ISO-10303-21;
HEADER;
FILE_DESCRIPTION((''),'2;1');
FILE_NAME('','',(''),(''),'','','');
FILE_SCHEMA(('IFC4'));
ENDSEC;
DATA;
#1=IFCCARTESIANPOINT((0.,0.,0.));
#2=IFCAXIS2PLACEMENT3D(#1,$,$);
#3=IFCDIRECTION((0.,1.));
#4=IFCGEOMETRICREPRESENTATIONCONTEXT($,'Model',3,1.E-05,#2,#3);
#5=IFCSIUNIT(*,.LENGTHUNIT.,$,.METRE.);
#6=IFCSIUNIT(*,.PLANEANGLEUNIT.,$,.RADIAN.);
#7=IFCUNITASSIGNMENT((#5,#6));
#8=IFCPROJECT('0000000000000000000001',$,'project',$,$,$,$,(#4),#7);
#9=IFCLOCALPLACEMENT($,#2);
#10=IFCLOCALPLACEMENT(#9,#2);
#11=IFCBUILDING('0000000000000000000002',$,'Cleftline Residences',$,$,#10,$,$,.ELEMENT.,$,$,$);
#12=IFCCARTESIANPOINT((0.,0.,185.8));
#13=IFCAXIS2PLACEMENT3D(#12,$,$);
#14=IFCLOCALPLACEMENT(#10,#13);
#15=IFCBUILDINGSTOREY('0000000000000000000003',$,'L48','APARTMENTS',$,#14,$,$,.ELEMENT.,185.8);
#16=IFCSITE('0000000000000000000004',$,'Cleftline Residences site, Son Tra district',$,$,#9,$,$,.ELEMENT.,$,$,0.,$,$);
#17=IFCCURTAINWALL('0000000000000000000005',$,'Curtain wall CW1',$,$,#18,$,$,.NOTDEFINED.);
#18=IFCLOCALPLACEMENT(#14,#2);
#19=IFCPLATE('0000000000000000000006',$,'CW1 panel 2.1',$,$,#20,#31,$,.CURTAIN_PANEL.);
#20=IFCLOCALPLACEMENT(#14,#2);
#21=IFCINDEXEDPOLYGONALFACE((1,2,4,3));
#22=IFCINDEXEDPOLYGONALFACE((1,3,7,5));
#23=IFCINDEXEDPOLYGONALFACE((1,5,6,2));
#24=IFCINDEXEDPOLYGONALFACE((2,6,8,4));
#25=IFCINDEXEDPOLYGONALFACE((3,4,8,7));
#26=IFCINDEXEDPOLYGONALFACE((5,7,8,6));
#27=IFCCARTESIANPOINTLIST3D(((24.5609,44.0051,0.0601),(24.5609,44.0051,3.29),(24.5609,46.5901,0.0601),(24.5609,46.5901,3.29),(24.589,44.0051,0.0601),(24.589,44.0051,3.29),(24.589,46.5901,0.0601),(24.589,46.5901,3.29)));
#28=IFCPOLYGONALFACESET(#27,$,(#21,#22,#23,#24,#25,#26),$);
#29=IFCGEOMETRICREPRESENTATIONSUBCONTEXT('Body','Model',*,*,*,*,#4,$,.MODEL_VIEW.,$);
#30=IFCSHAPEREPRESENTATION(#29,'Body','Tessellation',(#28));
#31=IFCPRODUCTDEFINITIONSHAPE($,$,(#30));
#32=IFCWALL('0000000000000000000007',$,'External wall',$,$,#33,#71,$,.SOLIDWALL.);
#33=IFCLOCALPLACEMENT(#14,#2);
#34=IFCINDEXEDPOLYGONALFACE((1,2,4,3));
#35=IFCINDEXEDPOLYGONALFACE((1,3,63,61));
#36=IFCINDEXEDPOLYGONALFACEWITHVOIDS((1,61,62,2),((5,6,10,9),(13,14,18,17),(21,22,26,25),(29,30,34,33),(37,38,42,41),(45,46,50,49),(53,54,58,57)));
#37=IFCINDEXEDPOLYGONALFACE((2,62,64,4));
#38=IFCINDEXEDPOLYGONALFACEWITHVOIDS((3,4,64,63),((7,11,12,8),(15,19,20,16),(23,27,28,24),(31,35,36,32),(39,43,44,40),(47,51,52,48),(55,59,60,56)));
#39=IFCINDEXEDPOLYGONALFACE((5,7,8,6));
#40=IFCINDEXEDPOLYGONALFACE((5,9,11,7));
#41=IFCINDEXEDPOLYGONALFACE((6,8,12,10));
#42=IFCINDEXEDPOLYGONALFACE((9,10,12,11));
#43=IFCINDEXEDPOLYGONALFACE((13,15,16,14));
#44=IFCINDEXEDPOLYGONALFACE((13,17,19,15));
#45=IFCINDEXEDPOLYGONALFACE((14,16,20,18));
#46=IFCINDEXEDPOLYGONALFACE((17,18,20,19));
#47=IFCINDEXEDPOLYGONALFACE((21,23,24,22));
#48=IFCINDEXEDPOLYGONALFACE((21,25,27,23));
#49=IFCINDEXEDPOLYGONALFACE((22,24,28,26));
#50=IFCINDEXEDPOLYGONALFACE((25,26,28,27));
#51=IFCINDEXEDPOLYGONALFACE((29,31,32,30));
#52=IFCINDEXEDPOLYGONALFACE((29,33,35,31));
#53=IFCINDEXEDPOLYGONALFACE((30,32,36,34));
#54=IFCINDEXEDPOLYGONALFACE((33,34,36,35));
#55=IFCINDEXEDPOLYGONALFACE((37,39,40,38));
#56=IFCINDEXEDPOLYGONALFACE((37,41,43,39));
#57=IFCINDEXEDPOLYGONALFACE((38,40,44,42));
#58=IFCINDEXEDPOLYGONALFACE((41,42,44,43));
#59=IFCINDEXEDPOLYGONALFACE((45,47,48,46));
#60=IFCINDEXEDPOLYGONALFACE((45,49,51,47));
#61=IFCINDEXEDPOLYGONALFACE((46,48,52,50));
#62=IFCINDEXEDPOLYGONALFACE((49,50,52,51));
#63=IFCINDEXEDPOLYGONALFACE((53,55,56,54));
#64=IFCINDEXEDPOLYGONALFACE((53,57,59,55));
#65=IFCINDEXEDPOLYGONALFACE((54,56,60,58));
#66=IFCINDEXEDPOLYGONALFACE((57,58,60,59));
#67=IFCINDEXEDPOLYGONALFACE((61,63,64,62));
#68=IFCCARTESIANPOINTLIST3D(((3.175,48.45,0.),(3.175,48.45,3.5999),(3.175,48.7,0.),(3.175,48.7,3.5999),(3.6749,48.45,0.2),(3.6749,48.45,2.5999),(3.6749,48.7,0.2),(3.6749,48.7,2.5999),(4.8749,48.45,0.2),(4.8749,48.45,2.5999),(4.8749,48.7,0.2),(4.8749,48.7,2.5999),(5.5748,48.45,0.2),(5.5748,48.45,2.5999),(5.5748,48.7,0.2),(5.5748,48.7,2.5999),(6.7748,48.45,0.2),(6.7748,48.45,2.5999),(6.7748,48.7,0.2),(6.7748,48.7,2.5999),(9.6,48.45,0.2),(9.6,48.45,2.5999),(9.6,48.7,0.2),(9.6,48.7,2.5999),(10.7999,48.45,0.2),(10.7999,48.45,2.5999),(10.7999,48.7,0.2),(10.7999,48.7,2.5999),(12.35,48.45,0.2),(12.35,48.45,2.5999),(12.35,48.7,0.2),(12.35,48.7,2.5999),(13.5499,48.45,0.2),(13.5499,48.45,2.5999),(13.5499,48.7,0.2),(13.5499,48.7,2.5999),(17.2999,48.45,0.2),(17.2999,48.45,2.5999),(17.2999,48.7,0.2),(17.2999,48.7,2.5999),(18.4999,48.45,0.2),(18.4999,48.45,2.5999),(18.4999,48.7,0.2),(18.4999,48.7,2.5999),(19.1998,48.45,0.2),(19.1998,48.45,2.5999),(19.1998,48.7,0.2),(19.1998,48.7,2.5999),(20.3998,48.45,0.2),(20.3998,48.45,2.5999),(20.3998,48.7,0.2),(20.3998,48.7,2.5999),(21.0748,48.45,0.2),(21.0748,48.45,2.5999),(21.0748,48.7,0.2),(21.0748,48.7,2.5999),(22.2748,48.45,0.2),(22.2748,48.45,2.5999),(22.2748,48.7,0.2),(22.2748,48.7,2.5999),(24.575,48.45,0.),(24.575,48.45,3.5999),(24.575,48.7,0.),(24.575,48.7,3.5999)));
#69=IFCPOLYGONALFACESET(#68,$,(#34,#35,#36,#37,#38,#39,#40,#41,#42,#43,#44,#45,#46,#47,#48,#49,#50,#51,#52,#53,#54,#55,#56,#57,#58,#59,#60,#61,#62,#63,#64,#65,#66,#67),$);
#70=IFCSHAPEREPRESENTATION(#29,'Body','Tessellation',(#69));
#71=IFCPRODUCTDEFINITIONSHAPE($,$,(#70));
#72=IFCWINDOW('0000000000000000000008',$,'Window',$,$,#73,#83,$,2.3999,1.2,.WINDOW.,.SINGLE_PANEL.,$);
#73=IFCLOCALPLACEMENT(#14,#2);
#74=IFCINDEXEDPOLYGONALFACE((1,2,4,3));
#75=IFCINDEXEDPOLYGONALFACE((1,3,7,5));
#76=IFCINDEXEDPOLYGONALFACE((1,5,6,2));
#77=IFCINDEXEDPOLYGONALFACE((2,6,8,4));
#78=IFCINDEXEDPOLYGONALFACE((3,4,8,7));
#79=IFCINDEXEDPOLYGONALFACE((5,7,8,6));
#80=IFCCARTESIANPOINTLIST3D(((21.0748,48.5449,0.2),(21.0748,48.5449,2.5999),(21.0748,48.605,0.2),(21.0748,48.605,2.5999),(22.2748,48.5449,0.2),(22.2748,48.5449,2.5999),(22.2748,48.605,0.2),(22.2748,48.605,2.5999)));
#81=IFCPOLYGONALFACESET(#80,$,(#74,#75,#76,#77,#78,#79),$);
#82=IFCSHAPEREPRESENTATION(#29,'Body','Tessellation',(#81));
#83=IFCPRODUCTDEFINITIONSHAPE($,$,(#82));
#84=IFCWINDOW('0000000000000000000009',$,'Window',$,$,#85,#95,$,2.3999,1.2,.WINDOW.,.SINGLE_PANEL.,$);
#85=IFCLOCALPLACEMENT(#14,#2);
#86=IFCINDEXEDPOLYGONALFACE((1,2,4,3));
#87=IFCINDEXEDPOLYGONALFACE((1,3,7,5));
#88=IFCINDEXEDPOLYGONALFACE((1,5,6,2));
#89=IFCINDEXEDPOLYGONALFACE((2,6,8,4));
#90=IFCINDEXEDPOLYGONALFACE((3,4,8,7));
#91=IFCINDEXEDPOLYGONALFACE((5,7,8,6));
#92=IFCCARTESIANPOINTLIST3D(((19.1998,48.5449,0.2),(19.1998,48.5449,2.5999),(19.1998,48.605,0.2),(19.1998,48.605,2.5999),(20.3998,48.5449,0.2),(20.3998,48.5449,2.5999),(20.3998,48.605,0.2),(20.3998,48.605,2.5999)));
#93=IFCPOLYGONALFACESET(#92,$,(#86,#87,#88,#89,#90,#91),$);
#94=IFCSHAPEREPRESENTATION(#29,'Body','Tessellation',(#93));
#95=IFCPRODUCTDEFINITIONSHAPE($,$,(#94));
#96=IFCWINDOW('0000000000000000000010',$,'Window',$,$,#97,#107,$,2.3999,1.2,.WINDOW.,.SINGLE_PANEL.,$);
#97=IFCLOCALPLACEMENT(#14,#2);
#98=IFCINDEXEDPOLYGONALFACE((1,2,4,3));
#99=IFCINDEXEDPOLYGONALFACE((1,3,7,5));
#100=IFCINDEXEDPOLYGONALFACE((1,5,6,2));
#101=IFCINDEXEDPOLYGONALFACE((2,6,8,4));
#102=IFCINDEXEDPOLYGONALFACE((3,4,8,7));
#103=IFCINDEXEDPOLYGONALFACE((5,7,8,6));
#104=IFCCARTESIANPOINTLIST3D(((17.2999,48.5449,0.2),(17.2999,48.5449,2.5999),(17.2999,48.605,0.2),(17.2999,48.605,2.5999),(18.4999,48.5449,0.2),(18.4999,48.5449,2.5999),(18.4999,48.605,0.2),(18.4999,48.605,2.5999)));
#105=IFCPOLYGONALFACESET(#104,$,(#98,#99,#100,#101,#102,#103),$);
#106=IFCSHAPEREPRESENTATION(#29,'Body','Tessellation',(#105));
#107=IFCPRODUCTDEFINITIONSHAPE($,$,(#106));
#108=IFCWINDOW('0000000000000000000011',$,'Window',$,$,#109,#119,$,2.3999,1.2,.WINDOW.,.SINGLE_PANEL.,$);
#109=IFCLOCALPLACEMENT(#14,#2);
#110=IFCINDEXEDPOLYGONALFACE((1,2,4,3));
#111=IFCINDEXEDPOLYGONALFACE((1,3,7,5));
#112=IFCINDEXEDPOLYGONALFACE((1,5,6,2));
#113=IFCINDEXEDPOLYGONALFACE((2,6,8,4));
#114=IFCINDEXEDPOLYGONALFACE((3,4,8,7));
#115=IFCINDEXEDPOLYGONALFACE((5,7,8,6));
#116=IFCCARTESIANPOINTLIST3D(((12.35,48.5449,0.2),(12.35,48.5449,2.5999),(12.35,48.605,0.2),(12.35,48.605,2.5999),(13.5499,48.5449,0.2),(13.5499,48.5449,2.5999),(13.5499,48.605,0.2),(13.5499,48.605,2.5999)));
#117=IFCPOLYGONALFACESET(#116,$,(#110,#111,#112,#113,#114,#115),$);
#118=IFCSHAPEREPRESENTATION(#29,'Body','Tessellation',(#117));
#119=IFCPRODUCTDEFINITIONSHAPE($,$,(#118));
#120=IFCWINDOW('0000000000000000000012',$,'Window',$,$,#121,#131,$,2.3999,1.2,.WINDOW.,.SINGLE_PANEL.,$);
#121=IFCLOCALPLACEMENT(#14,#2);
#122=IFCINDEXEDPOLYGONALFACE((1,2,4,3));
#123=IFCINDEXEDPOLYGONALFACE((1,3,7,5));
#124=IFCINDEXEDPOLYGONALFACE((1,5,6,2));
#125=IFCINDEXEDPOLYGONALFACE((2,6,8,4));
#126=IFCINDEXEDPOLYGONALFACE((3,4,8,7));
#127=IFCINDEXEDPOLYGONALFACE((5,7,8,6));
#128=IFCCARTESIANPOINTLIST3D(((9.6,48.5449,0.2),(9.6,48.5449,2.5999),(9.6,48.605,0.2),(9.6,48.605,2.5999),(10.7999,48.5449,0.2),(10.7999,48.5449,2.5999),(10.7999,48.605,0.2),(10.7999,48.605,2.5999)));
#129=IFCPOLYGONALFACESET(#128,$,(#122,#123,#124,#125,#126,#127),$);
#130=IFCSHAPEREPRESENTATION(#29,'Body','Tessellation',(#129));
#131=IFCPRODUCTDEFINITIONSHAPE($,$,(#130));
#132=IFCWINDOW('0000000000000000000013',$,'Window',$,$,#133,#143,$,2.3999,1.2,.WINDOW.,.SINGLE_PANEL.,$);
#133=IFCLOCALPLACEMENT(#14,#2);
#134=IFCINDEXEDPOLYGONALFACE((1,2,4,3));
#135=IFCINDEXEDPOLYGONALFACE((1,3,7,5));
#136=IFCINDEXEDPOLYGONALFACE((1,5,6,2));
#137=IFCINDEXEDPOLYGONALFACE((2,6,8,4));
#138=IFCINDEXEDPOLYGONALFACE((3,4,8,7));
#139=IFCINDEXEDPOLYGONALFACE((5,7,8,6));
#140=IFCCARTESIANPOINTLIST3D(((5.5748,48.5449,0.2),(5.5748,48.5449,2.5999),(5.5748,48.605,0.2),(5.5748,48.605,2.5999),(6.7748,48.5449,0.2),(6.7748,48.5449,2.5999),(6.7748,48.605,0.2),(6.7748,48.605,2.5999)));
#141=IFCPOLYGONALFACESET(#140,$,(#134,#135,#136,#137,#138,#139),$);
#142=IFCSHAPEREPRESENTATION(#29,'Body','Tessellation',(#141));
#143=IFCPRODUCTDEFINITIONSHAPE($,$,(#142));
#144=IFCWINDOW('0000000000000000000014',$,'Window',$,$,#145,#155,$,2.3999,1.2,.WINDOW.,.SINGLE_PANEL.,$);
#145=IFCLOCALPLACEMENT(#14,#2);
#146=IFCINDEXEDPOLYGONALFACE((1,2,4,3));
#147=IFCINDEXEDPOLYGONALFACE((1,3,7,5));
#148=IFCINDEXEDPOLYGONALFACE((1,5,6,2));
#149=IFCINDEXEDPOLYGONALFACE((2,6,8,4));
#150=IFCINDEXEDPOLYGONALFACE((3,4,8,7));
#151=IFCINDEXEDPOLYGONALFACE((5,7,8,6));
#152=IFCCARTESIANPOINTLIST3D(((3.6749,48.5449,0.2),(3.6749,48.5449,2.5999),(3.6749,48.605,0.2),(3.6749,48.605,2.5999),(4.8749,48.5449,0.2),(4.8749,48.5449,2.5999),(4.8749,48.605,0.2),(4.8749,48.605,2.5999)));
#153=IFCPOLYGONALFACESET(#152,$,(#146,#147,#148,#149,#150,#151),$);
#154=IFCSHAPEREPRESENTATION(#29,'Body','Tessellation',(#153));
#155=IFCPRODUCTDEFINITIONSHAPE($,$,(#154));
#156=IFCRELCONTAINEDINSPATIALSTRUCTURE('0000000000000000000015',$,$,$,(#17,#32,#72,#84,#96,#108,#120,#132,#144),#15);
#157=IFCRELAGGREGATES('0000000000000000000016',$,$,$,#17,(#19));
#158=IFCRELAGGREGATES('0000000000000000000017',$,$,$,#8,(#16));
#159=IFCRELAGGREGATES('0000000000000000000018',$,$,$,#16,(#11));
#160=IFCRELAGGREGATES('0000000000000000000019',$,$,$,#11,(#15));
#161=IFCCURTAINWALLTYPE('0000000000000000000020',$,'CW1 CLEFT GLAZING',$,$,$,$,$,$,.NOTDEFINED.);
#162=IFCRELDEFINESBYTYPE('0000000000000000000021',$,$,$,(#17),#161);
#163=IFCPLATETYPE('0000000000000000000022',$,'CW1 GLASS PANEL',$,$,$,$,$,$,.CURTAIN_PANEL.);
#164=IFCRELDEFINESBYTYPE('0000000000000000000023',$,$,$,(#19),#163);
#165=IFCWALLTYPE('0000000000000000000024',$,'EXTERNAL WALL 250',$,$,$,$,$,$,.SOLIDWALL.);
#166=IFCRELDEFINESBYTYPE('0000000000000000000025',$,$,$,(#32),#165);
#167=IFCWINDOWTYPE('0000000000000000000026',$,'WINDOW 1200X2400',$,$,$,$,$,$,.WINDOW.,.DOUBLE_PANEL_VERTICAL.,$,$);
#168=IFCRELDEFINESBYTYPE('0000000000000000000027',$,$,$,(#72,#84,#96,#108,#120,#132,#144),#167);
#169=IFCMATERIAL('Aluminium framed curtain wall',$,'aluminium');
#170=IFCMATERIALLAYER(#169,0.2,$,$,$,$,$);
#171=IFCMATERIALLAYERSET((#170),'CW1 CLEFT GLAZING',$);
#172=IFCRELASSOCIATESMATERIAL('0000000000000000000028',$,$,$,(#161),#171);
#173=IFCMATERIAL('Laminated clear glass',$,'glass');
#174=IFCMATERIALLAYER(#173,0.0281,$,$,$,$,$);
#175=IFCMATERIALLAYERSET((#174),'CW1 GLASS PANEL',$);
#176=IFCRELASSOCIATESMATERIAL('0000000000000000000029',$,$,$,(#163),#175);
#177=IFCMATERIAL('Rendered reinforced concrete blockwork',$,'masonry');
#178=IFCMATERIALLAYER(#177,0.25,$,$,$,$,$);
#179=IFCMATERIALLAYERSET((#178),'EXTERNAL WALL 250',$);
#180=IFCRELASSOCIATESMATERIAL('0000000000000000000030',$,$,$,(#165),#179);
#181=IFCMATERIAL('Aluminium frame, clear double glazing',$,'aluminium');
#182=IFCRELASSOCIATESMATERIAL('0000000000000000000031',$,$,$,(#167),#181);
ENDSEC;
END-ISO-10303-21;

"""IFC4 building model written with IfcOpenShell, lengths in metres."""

from ifc_helpers import new_model, si_unit, direction, frame, frame_2d, origin, origin_2d, place, context, subcontext, project, spatial, rectangle, extrude, material, layer, layer_set, type_object, element, fill, aggregate, save


model = new_model("IFC4")

# Units and contexts
model_context = context("Model", 3, precision=1e-05, world=origin(), true_north=direction((0.0, 1.0)))
body_context = subcontext(model_context, "Body", "Model", "MODEL_VIEW")
ifc_project = project(units=[si_unit("LENGTHUNIT", "METRE"), si_unit("PLANEANGLEUNIT", "RADIAN")], contexts=[model_context])

# Site, building, storey
site_placement = place(None, origin())
site = spatial("IfcSite", under=ifc_project, at=site_placement, Name="Cleftline Residences site, Son Tra district", CompositionType="ELEMENT", RefElevation=0.0)
building_placement = place(site_placement, origin())
building = spatial("IfcBuilding", under=site, at=building_placement, Name="Cleftline Residences", CompositionType="ELEMENT")
storey_placement = place(building_placement, frame((0.0, 0.0, 185.8)))
storey = spatial("IfcBuildingStorey", under=building, at=storey_placement, Name="L48", Description="APARTMENTS", CompositionType="ELEMENT", Elevation=185.8)

# Shared definitions
ifc_material_1 = material(Name="Aluminium framed curtain wall", Category="aluminium")
ifc_layer_1 = layer(ifc_material_1, 0.2)
ifc_layer_set_1 = layer_set([ifc_layer_1], Name="CW1 CLEFT GLAZING")
curtain_wall_type = type_object("IfcCurtainWallType", Name="CW1 CLEFT GLAZING", PredefinedType="NOTDEFINED", material=ifc_layer_set_1)

# Curtain wall, plate
curtain_wall_1_placement = place(storey_placement, origin())
curtain_wall_1 = element("IfcCurtainWall", 1, at=curtain_wall_1_placement, inside=storey, type_object=curtain_wall_type, Name="Curtain wall CW1", PredefinedType="NOTDEFINED")
ifc_material_2 = material(Name="Laminated clear glass", Category="glass")
ifc_layer_2 = layer(ifc_material_2, 0.0281)
ifc_layer_set_2 = layer_set([ifc_layer_2], Name="CW1 GLASS PANEL")
plate_type = type_object("IfcPlateType", Name="CW1 GLASS PANEL", PredefinedType="CURTAIN_PANEL", material=ifc_layer_set_2)
plate_1_placement = place(storey_placement, frame((24.575, 45.2976, 0.0601), z_axis=(0.0, 0.0, 1.0), x_axis=(0.0, 1.0, 0.0)))
plate_1 = element("IfcPlate", 2, at=plate_1_placement, type_object=plate_type, Name="CW1 panel 2.1", PredefinedType="CURTAIN_PANEL", context=body_context, shape_type="SweptSolid", body=[
    extrude(rectangle(XDim=2.585, YDim=0.0281, at=origin_2d()), origin(), (0.0, 0.0, 1.0), 3.23),
])
aggregate(curtain_wall_1, [plate_1])

# Wall, openings, windows
ifc_material_3 = material(Name="Rendered reinforced concrete blockwork", Category="masonry")
ifc_layer_3 = layer(ifc_material_3, 0.25)
ifc_layer_set_3 = layer_set([ifc_layer_3], Name="EXTERNAL WALL 250")
wall_type = type_object("IfcWallType", Name="EXTERNAL WALL 250", PredefinedType="SOLIDWALL", material=ifc_layer_set_3)
wall_placement = place(storey_placement, frame((24.575, 48.575, 0.0), z_axis=(0.0, 0.0, 1.0), x_axis=(-1.0, 0.0, 0.0)))
wall = element("IfcWall", 3, at=wall_placement, inside=storey, type_object=wall_type, Name="External wall", PredefinedType="SOLIDWALL", context=body_context, shape_type="SweptSolid", body=[
    extrude(rectangle(XDim=21.3999, YDim=0.25, at=frame_2d((10.7, 0.0))), origin(), (0.0, 0.0, 1.0), 3.5999),
])
opening_1_placement = place(wall_placement, frame((2.3, 0.0, 0.2)))
opening_1 = element("IfcOpeningElement", 4, at=opening_1_placement, cuts=wall, PredefinedType="OPENING", context=body_context, shape_type="SweptSolid", body=[
    extrude(rectangle(XDim=1.2, YDim=2.3999, at=frame_2d((0.6001, 1.2))), frame((0.0, 0.135, 0.0), z_axis=(0.0, -1.0, 0.0), x_axis=(1.0, 0.0, 0.0)), (0.0, 0.0, 1.0), 0.27),
])
opening_2_placement = place(wall_placement, frame((4.175, 0.0, 0.2)))
opening_2 = element("IfcOpeningElement", 5, at=opening_2_placement, cuts=wall, PredefinedType="OPENING", context=body_context, shape_type="SweptSolid", body=[
    extrude(rectangle(XDim=1.2, YDim=2.3999, at=frame_2d((0.6001, 1.2))), frame((0.0, 0.135, 0.0), z_axis=(0.0, -1.0, 0.0), x_axis=(1.0, 0.0, 0.0)), (0.0, 0.0, 1.0), 0.27),
])
opening_3_placement = place(wall_placement, frame((6.075, 0.0, 0.2)))
opening_3 = element("IfcOpeningElement", 6, at=opening_3_placement, cuts=wall, PredefinedType="OPENING", context=body_context, shape_type="SweptSolid", body=[
    extrude(rectangle(XDim=1.2, YDim=2.3999, at=frame_2d((0.6001, 1.2))), frame((0.0, 0.135, 0.0), z_axis=(0.0, -1.0, 0.0), x_axis=(1.0, 0.0, 0.0)), (0.0, 0.0, 1.0), 0.27),
])
opening_4_placement = place(wall_placement, frame((11.0249, 0.0, 0.2)))
opening_4 = element("IfcOpeningElement", 7, at=opening_4_placement, cuts=wall, PredefinedType="OPENING", context=body_context, shape_type="SweptSolid", body=[
    extrude(rectangle(XDim=1.2, YDim=2.3999, at=frame_2d((0.6001, 1.2))), frame((0.0, 0.135, 0.0), z_axis=(0.0, -1.0, 0.0), x_axis=(1.0, 0.0, 0.0)), (0.0, 0.0, 1.0), 0.27),
])
opening_5_placement = place(wall_placement, frame((13.7749, 0.0, 0.2)))
opening_5 = element("IfcOpeningElement", 8, at=opening_5_placement, cuts=wall, PredefinedType="OPENING", context=body_context, shape_type="SweptSolid", body=[
    extrude(rectangle(XDim=1.2, YDim=2.3999, at=frame_2d((0.6001, 1.2))), frame((0.0, 0.135, 0.0), z_axis=(0.0, -1.0, 0.0), x_axis=(1.0, 0.0, 0.0)), (0.0, 0.0, 1.0), 0.27),
])
opening_6_placement = place(wall_placement, frame((17.8, 0.0, 0.2)))
opening_6 = element("IfcOpeningElement", 9, at=opening_6_placement, cuts=wall, PredefinedType="OPENING", context=body_context, shape_type="SweptSolid", body=[
    extrude(rectangle(XDim=1.2, YDim=2.3999, at=frame_2d((0.6001, 1.2))), frame((0.0, 0.135, 0.0), z_axis=(0.0, -1.0, 0.0), x_axis=(1.0, 0.0, 0.0)), (0.0, 0.0, 1.0), 0.27),
])
opening_7_placement = place(wall_placement, frame((19.7, 0.0, 0.2)))
opening_7 = element("IfcOpeningElement", 10, at=opening_7_placement, cuts=wall, PredefinedType="OPENING", context=body_context, shape_type="SweptSolid", body=[
    extrude(rectangle(XDim=1.2, YDim=2.3999, at=frame_2d((0.6001, 1.2))), frame((0.0, 0.135, 0.0), z_axis=(0.0, -1.0, 0.0), x_axis=(1.0, 0.0, 0.0)), (0.0, 0.0, 1.0), 0.27),
])
ifc_material_4 = material(Name="Aluminium frame, clear double glazing", Category="aluminium")
window_type = type_object("IfcWindowType", Name="WINDOW 1200X2400", PartitioningType="DOUBLE_PANEL_VERTICAL", PredefinedType="WINDOW", material=ifc_material_4)
window_1_placement = place(opening_1_placement, origin())
window_1 = element("IfcWindow", 11, at=window_1_placement, inside=storey, type_object=window_type, Name="Window", OverallHeight=2.3999, OverallWidth=1.2, PartitioningType="SINGLE_PANEL", PredefinedType="WINDOW", context=body_context, shape_type="SweptSolid", body=[
    extrude(rectangle(XDim=1.2, YDim=2.3999, at=frame_2d((0.6001, 1.2))), frame((0.0, 0.03, 0.0), z_axis=(0.0, -1.0, 0.0), x_axis=(1.0, 0.0, 0.0)), (0.0, 0.0, 1.0), 0.0601),
])
fill(opening_1, window_1)
window_2_placement = place(opening_2_placement, origin())
window_2 = element("IfcWindow", 12, at=window_2_placement, inside=storey, type_object=window_type, Name="Window", OverallHeight=2.3999, OverallWidth=1.2, PartitioningType="SINGLE_PANEL", PredefinedType="WINDOW", context=body_context, shape_type="SweptSolid", body=[
    extrude(rectangle(XDim=1.2, YDim=2.3999, at=frame_2d((0.6001, 1.2))), frame((0.0, 0.03, 0.0), z_axis=(0.0, -1.0, 0.0), x_axis=(1.0, 0.0, 0.0)), (0.0, 0.0, 1.0), 0.0601),
])
fill(opening_2, window_2)
window_3_placement = place(opening_3_placement, origin())
window_3 = element("IfcWindow", 13, at=window_3_placement, inside=storey, type_object=window_type, Name="Window", OverallHeight=2.3999, OverallWidth=1.2, PartitioningType="SINGLE_PANEL", PredefinedType="WINDOW", context=body_context, shape_type="SweptSolid", body=[
    extrude(rectangle(XDim=1.2, YDim=2.3999, at=frame_2d((0.6001, 1.2))), frame((0.0, 0.03, 0.0), z_axis=(0.0, -1.0, 0.0), x_axis=(1.0, 0.0, 0.0)), (0.0, 0.0, 1.0), 0.0601),
])
fill(opening_3, window_3)
window_4_placement = place(opening_4_placement, origin())
window_4 = element("IfcWindow", 14, at=window_4_placement, inside=storey, type_object=window_type, Name="Window", OverallHeight=2.3999, OverallWidth=1.2, PartitioningType="SINGLE_PANEL", PredefinedType="WINDOW", context=body_context, shape_type="SweptSolid", body=[
    extrude(rectangle(XDim=1.2, YDim=2.3999, at=frame_2d((0.6001, 1.2))), frame((0.0, 0.03, 0.0), z_axis=(0.0, -1.0, 0.0), x_axis=(1.0, 0.0, 0.0)), (0.0, 0.0, 1.0), 0.0601),
])
fill(opening_4, window_4)
window_5_placement = place(opening_5_placement, origin())
window_5 = element("IfcWindow", 15, at=window_5_placement, inside=storey, type_object=window_type, Name="Window", OverallHeight=2.3999, OverallWidth=1.2, PartitioningType="SINGLE_PANEL", PredefinedType="WINDOW", context=body_context, shape_type="SweptSolid", body=[
    extrude(rectangle(XDim=1.2, YDim=2.3999, at=frame_2d((0.6001, 1.2))), frame((0.0, 0.03, 0.0), z_axis=(0.0, -1.0, 0.0), x_axis=(1.0, 0.0, 0.0)), (0.0, 0.0, 1.0), 0.0601),
])
fill(opening_5, window_5)
window_6_placement = place(opening_6_placement, origin())
window_6 = element("IfcWindow", 16, at=window_6_placement, inside=storey, type_object=window_type, Name="Window", OverallHeight=2.3999, OverallWidth=1.2, PartitioningType="SINGLE_PANEL", PredefinedType="WINDOW", context=body_context, shape_type="SweptSolid", body=[
    extrude(rectangle(XDim=1.2, YDim=2.3999, at=frame_2d((0.6001, 1.2))), frame((0.0, 0.03, 0.0), z_axis=(0.0, -1.0, 0.0), x_axis=(1.0, 0.0, 0.0)), (0.0, 0.0, 1.0), 0.0601),
])
fill(opening_6, window_6)
window_7_placement = place(opening_7_placement, origin())
window_7 = element("IfcWindow", 17, at=window_7_placement, inside=storey, type_object=window_type, Name="Window", OverallHeight=2.3999, OverallWidth=1.2, PartitioningType="SINGLE_PANEL", PredefinedType="WINDOW", context=body_context, shape_type="SweptSolid", body=[
    extrude(rectangle(XDim=1.2, YDim=2.3999, at=frame_2d((0.6001, 1.2))), frame((0.0, 0.03, 0.0), z_axis=(0.0, -1.0, 0.0), x_axis=(1.0, 0.0, 0.0)), (0.0, 0.0, 1.0), 0.0601),
])
fill(opening_7, window_7)

save(model, "model.ifc")
